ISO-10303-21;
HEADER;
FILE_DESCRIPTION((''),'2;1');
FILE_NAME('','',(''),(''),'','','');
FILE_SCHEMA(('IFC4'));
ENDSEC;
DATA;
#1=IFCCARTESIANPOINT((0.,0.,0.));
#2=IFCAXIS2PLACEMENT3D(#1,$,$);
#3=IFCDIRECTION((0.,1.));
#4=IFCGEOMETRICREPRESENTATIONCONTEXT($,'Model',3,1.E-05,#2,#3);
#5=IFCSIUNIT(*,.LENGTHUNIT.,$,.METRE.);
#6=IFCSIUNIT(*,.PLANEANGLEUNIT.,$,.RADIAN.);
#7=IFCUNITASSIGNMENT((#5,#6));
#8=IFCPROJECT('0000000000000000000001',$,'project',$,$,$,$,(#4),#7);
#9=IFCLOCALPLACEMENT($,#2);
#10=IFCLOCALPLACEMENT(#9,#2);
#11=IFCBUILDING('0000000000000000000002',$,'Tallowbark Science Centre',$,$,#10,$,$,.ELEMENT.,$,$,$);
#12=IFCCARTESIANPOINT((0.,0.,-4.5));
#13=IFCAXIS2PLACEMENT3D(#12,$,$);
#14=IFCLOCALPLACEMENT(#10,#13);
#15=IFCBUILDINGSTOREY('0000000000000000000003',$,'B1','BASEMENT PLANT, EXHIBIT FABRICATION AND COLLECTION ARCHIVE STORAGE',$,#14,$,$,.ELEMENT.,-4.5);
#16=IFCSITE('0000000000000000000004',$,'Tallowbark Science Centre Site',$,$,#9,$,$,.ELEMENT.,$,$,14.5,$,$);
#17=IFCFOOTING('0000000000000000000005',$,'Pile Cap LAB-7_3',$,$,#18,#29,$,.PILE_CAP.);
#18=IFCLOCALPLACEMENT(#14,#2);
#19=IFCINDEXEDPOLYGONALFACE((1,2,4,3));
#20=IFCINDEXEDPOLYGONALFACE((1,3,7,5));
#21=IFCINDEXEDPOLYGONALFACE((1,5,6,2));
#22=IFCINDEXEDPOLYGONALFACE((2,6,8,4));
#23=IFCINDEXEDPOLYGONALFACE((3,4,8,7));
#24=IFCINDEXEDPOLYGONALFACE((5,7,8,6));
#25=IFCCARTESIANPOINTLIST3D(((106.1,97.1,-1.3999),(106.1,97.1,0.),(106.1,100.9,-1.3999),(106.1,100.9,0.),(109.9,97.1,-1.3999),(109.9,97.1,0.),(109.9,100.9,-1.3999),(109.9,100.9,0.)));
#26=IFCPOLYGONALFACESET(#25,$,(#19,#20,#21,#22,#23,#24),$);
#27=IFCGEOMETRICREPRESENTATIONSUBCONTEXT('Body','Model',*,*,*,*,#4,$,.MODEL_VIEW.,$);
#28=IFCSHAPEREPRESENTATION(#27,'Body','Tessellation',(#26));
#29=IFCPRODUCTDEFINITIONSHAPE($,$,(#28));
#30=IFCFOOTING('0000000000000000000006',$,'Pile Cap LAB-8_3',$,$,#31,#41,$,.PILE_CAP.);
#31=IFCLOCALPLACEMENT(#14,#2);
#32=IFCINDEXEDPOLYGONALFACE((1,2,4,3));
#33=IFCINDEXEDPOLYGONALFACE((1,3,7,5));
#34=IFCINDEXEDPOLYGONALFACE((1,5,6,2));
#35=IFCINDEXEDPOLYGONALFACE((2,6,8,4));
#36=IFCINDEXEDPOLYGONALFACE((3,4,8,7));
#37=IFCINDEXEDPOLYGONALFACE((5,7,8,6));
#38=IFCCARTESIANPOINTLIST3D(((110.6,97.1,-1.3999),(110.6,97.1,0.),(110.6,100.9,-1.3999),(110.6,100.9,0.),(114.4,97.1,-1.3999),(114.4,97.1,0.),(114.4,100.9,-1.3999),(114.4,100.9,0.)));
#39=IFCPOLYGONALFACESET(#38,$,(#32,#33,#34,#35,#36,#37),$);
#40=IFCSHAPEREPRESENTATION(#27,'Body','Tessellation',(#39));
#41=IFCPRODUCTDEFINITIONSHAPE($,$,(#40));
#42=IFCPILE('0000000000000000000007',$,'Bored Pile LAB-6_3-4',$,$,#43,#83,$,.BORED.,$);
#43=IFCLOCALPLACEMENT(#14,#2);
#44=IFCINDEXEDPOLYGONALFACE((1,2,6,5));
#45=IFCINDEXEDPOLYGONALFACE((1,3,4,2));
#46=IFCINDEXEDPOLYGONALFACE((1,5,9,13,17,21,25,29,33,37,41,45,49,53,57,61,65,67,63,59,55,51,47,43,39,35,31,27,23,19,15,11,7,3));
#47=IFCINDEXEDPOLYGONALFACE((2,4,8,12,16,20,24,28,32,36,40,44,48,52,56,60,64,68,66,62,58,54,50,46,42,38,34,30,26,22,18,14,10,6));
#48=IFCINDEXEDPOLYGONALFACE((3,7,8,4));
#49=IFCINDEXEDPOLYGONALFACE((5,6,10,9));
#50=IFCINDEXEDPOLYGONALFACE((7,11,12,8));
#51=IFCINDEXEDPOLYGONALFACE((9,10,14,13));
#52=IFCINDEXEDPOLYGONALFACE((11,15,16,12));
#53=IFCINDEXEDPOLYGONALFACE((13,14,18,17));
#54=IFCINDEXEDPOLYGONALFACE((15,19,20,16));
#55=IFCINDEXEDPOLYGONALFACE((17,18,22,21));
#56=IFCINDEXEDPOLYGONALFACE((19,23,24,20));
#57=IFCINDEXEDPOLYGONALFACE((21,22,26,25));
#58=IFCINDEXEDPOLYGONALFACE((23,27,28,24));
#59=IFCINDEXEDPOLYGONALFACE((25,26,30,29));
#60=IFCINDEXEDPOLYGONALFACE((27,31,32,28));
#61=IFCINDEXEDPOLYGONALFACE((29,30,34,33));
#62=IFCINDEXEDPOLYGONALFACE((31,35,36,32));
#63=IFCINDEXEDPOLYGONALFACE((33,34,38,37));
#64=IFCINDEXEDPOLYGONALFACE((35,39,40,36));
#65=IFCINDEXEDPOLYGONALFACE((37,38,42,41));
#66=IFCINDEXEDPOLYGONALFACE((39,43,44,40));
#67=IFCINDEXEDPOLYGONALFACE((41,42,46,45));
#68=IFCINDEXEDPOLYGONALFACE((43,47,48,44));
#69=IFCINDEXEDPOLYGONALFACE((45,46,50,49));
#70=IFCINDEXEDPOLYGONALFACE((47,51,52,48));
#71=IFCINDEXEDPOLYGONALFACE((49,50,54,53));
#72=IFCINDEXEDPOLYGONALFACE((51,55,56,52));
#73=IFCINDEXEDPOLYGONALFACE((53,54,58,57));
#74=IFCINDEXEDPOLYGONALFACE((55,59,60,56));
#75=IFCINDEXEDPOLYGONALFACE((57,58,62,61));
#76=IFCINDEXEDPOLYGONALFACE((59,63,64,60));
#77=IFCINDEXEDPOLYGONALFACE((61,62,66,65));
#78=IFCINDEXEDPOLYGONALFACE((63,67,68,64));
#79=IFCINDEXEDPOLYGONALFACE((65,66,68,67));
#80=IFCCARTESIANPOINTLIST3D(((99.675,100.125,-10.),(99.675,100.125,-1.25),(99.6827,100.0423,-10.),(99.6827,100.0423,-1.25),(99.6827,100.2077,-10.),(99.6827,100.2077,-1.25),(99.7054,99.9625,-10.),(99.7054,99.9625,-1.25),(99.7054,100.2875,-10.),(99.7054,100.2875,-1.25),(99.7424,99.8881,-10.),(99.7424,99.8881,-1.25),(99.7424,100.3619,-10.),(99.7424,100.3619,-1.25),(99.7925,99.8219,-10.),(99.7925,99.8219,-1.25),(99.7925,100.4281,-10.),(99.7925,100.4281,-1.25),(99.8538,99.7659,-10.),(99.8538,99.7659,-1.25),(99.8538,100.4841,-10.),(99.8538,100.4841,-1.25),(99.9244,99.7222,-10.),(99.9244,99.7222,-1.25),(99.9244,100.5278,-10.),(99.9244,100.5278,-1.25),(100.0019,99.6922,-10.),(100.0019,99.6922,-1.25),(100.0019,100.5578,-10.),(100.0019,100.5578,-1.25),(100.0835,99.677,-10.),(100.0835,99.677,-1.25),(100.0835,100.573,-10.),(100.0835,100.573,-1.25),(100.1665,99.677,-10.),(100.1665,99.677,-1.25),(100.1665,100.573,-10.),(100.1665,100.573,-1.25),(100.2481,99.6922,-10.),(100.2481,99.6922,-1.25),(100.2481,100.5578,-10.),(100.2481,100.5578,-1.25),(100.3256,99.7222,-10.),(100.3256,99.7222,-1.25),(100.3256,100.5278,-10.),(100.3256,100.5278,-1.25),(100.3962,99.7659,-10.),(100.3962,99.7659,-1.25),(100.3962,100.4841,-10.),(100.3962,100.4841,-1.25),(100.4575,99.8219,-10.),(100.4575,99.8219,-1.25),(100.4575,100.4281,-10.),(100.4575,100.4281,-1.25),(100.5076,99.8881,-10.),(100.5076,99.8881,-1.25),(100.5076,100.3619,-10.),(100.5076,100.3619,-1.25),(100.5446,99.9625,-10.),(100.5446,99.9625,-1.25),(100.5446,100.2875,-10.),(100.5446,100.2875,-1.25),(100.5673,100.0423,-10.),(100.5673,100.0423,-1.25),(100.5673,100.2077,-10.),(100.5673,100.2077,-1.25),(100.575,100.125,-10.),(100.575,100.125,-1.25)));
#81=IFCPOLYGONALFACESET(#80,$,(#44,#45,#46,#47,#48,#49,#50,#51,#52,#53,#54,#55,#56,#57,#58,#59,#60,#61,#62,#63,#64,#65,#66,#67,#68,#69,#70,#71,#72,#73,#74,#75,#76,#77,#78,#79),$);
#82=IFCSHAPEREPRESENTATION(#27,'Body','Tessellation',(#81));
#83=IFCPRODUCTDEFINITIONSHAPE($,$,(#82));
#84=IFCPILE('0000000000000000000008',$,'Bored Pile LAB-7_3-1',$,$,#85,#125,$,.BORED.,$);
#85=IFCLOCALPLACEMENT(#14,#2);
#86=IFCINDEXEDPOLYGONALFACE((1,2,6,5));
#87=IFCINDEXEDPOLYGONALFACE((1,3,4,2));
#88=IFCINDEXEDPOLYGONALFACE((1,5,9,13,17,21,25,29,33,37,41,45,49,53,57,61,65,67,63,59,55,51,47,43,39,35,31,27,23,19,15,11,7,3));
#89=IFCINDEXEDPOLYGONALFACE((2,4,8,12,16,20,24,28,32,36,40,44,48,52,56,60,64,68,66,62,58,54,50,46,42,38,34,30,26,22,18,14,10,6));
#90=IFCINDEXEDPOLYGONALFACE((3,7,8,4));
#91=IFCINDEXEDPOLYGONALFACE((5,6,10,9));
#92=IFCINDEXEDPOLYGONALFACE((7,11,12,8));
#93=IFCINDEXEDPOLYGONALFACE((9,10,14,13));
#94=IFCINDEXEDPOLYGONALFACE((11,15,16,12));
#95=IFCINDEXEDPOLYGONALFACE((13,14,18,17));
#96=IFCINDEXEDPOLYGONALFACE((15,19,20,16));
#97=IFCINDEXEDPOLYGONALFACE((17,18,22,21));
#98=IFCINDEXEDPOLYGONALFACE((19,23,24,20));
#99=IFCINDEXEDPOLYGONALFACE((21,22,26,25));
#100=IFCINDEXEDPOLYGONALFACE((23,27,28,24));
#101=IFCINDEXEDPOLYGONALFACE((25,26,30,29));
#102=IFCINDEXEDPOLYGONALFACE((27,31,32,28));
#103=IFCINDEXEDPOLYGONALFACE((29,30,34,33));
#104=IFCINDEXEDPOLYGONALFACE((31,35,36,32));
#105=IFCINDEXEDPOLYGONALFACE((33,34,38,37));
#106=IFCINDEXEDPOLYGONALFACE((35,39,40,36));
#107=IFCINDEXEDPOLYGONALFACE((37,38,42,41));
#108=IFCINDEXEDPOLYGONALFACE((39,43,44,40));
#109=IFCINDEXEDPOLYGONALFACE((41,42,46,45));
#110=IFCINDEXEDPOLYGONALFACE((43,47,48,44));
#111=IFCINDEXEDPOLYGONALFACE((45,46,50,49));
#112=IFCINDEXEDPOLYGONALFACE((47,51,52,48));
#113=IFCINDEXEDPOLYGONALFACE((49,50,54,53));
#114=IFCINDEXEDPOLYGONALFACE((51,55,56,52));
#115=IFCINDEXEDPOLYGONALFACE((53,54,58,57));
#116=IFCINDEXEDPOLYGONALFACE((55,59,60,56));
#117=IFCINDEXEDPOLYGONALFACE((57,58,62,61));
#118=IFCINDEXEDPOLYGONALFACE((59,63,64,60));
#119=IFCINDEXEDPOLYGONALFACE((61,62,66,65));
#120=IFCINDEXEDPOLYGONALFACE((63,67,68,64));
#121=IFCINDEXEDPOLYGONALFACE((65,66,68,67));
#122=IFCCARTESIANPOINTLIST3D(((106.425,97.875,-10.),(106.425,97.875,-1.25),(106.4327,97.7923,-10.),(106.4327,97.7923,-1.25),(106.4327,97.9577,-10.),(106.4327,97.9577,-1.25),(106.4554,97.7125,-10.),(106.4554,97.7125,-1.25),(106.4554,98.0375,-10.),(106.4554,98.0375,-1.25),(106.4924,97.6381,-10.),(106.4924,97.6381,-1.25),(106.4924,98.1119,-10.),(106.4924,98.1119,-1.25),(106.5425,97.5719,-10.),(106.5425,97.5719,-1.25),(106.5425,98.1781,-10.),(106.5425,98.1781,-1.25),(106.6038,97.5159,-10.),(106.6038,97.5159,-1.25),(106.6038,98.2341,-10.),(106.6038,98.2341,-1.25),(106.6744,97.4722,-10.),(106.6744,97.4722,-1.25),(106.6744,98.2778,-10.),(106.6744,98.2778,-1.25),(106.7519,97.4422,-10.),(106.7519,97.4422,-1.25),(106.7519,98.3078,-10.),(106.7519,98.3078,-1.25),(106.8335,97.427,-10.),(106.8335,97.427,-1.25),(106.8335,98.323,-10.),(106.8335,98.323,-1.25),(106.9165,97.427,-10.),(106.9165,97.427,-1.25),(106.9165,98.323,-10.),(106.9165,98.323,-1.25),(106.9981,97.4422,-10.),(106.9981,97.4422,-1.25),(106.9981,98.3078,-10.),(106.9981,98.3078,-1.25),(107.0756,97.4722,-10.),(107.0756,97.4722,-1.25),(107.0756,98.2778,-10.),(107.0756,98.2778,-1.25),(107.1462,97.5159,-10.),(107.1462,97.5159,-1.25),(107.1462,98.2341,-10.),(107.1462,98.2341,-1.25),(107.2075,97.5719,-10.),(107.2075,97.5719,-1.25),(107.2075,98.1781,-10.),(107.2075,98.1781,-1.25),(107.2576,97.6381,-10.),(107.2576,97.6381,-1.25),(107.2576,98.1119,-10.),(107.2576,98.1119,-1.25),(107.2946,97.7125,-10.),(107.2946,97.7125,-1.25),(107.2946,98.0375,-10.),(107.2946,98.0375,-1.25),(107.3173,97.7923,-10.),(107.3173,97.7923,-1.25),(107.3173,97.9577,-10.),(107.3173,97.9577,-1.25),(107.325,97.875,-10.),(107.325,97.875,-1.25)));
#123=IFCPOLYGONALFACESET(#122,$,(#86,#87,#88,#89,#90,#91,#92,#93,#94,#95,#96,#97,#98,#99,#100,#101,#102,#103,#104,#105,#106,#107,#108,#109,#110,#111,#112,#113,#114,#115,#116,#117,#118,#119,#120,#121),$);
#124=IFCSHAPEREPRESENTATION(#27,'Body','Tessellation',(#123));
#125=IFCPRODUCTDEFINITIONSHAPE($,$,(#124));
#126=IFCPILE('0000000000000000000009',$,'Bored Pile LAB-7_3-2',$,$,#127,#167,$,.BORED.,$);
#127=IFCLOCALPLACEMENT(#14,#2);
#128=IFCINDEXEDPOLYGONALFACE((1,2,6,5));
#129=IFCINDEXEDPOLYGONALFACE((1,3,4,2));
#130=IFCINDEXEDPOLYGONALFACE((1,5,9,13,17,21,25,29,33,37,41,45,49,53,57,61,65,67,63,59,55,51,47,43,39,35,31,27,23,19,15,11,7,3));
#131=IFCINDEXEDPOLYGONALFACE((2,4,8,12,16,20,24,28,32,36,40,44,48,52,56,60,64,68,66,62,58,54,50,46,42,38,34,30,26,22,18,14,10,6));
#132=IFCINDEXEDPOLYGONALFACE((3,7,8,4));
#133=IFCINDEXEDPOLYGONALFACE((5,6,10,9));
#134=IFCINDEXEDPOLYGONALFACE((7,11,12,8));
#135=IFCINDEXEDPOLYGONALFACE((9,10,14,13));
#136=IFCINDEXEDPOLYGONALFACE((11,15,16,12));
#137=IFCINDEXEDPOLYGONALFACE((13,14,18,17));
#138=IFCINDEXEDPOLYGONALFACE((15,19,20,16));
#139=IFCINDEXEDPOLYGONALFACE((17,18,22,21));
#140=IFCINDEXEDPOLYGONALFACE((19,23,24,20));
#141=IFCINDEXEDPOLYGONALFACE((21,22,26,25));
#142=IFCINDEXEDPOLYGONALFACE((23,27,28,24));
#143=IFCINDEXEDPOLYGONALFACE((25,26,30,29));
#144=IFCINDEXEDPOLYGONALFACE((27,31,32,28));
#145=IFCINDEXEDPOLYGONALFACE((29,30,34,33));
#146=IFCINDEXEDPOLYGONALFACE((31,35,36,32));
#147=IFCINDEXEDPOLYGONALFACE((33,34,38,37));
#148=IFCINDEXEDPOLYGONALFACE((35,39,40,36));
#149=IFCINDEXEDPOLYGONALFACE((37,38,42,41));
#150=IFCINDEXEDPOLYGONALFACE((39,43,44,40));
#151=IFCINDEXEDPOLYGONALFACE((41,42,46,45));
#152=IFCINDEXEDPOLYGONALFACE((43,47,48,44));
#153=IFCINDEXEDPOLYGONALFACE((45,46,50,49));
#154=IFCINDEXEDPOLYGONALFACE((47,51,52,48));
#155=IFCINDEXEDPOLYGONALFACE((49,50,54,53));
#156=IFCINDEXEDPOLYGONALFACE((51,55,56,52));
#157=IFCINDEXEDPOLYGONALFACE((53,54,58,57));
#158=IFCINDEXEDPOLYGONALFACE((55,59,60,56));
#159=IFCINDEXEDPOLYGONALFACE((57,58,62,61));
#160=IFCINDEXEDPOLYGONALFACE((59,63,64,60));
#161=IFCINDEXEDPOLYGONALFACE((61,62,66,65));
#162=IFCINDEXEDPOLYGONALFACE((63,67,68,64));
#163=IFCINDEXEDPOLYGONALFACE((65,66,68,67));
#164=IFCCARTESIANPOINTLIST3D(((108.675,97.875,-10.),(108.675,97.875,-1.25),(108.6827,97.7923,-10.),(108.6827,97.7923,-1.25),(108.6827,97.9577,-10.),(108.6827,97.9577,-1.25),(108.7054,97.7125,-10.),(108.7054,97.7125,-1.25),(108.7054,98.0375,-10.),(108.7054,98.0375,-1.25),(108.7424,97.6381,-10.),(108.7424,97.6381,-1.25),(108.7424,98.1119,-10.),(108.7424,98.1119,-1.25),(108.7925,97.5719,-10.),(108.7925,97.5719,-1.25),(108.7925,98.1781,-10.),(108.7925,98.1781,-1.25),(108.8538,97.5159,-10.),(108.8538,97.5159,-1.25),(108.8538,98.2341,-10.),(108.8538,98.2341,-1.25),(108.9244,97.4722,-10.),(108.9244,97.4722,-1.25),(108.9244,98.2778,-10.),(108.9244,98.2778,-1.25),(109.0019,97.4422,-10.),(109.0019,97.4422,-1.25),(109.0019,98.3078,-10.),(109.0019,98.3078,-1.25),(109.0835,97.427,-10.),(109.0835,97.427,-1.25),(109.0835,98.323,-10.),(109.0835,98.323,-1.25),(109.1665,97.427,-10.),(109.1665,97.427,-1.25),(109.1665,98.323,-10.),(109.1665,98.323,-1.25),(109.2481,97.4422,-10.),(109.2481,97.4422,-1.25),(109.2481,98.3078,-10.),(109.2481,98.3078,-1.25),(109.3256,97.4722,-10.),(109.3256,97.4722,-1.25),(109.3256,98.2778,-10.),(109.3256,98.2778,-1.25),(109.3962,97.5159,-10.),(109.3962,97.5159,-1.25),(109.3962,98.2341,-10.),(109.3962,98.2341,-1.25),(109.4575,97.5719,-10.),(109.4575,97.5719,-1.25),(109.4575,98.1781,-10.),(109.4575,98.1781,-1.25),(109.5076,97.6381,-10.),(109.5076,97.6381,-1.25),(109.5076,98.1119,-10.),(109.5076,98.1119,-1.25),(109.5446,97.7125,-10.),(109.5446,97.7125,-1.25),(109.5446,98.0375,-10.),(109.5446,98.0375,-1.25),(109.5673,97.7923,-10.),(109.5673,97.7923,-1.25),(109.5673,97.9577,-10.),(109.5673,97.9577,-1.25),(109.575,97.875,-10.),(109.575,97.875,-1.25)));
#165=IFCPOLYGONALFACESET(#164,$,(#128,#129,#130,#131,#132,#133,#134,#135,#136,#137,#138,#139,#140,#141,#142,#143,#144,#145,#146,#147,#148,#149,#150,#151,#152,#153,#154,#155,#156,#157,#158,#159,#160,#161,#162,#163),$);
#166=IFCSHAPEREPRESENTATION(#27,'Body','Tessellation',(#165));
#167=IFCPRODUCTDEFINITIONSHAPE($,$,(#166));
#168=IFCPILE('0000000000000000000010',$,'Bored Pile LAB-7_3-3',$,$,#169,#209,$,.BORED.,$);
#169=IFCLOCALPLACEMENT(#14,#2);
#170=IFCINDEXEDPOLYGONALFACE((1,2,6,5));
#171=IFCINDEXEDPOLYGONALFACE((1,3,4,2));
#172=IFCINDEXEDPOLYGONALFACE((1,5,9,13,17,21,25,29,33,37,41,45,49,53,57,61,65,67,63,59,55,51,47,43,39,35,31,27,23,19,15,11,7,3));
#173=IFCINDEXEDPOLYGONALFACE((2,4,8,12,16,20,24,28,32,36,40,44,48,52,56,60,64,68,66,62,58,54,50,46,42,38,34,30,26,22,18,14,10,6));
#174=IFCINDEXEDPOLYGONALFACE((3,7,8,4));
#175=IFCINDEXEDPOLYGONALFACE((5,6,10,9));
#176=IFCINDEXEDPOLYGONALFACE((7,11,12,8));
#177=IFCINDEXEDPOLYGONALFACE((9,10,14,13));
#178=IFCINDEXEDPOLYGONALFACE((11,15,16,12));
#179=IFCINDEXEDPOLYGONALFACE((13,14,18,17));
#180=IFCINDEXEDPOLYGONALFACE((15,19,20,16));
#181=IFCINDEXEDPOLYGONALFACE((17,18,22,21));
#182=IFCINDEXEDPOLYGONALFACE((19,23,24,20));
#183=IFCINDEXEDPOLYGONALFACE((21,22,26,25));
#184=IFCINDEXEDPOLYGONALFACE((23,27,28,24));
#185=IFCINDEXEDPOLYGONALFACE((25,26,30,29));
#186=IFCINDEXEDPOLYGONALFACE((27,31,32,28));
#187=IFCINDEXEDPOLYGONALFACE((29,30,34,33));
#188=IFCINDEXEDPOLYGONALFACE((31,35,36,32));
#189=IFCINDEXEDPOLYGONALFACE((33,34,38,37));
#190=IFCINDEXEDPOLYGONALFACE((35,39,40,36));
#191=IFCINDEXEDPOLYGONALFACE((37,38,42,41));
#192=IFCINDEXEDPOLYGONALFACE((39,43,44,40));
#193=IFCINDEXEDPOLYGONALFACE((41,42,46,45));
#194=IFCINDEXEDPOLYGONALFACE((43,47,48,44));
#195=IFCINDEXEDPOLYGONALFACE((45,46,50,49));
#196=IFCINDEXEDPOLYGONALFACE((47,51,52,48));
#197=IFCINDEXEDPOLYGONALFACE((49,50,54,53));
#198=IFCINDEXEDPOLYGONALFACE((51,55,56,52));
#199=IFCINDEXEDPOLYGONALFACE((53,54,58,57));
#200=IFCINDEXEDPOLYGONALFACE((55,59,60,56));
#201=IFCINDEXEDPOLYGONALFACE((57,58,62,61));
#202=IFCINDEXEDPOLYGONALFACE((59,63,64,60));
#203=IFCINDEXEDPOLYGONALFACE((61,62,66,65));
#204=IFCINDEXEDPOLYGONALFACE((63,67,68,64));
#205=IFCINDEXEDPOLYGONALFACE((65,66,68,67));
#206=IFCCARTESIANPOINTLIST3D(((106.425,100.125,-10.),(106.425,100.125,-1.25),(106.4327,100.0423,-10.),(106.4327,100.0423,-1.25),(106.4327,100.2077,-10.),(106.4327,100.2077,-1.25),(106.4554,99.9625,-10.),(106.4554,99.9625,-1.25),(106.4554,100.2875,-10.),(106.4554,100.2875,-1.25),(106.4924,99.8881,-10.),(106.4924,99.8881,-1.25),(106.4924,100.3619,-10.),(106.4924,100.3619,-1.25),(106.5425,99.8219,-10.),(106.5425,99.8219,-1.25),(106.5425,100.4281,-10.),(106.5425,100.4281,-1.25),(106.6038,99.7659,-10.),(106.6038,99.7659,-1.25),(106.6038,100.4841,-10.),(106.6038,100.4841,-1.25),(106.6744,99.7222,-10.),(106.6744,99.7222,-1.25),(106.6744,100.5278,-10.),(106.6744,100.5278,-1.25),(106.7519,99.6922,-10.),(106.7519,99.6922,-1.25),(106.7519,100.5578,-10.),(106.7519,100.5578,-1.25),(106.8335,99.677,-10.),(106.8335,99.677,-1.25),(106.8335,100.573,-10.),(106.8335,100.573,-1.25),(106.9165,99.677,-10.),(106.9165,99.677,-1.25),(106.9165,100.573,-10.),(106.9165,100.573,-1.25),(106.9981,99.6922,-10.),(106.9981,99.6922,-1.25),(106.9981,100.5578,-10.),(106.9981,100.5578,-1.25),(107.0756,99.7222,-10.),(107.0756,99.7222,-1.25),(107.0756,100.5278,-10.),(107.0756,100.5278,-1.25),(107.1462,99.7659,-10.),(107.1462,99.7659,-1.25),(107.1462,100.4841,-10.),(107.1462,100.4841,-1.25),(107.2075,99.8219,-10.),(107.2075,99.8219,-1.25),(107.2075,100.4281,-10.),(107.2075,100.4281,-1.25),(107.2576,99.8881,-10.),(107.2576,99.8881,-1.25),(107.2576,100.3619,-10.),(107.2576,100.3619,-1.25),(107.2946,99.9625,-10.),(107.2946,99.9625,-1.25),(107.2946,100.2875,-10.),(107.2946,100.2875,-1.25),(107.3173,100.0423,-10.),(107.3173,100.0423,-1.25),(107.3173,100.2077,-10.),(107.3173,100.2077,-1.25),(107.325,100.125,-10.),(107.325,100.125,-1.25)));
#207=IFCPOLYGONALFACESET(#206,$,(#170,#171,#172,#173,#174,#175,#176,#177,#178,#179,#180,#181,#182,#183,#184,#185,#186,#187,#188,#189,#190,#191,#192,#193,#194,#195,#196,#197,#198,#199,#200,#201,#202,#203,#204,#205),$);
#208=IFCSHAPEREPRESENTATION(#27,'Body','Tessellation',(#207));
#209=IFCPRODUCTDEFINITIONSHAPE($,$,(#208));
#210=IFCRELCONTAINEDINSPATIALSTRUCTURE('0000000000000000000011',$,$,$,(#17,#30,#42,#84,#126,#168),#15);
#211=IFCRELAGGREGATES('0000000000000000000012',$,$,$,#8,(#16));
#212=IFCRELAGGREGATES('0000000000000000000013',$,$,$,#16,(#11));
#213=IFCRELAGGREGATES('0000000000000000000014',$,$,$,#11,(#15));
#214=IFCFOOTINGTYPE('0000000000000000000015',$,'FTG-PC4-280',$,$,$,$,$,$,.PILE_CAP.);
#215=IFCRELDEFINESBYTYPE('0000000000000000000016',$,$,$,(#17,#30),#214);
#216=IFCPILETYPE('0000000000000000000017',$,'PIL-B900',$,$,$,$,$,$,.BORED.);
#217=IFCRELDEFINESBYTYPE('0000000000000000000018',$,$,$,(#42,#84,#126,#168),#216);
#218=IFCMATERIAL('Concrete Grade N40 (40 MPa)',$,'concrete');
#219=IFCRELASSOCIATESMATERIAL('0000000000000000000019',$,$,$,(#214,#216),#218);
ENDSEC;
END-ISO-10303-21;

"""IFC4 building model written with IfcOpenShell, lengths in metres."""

from ifc_helpers import new_model, si_unit, direction, frame, origin, origin_2d, place, context, subcontext, project, spatial, rectangle, circle, extrude, material, material_profile, profile_set, type_object, element, save


model = new_model("IFC4")

# Units and contexts
model_context = context("Model", 3, precision=1e-05, world=origin(), true_north=direction((0.0, 1.0)))
body_context = subcontext(model_context, "Body", "Model", "MODEL_VIEW")
ifc_project = project(units=[si_unit("LENGTHUNIT", "METRE"), si_unit("PLANEANGLEUNIT", "RADIAN")], contexts=[model_context])

# Site, building, storey
site_placement = place(None, origin())
site = spatial("IfcSite", under=ifc_project, at=site_placement, Name="Tallowbark Science Centre Site", CompositionType="ELEMENT", RefElevation=14.5)
building_placement = place(site_placement, origin())
building = spatial("IfcBuilding", under=site, at=building_placement, Name="Tallowbark Science Centre", CompositionType="ELEMENT")
storey_placement = place(building_placement, frame((0.0, 0.0, -4.5)))
storey = spatial("IfcBuildingStorey", under=building, at=storey_placement, Name="B1", Description="BASEMENT PLANT, EXHIBIT FABRICATION AND COLLECTION ARCHIVE STORAGE", CompositionType="ELEMENT", Elevation=-4.5)

# Footings
ifc_material_1 = material(Name="Concrete Grade N40 (40 MPa)", Category="concrete")
footing_type = type_object("IfcFootingType", Name="FTG-PC4-280", PredefinedType="PILE_CAP", material=ifc_material_1)
for number, where, z_axis, x_axis, name in (
    (1, (108.0, 99.0, -1.3999), (0.0, 0.0, 1.0), (1.0, 0.0, 0.0), "Pile Cap LAB-7_3"),
    (2, (112.5, 99.0, -1.3999), (0.0, 0.0, 1.0), (1.0, 0.0, 0.0), "Pile Cap LAB-8_3"),
):
    element("IfcFooting", number, at=place(storey_placement, frame(where, z_axis=z_axis, x_axis=x_axis)), inside=storey, type_object=footing_type, Name=name, PredefinedType="PILE_CAP", context=body_context, shape_type="SweptSolid", body=[
        extrude(rectangle(XDim=3.8, YDim=3.8, at=origin_2d()), origin(), (0.0, 0.0, 1.0), 1.3999),
    ])

# Piles
ifc_material_profile_1 = material_profile(ifc_material_1, circle(Radius=0.45, at=origin_2d()), Name="PILE900")
ifc_profile_set_1 = profile_set([ifc_material_profile_1], Name="Concrete Grade N40 (40 MPa)")
pile_type = type_object("IfcPileType", Name="PIL-B900", PredefinedType="BORED", material=ifc_profile_set_1)
for number, where, z_axis, x_axis, name in (
    (3, (100.125, 100.125, -1.25), (0.0, 0.0, -1.0), (1.0, 0.0, 0.0), "Bored Pile LAB-6_3-4"),
    (4, (106.875, 97.875, -1.25), (0.0, 0.0, -1.0), (1.0, 0.0, 0.0), "Bored Pile LAB-7_3-1"),
    (5, (109.125, 97.875, -1.25), (0.0, 0.0, -1.0), (1.0, 0.0, 0.0), "Bored Pile LAB-7_3-2"),
    (6, (106.875, 100.125, -1.25), (0.0, 0.0, -1.0), (1.0, 0.0, 0.0), "Bored Pile LAB-7_3-3"),
):
    element("IfcPile", number, at=place(storey_placement, frame(where, z_axis=z_axis, x_axis=x_axis)), inside=storey, type_object=pile_type, Name=name, PredefinedType="BORED", context=body_context, shape_type="SweptSolid", body=[
        extrude(circle(Radius=0.45, at=origin_2d()), origin(), (0.0, 0.0, 1.0), 8.75),
    ])

save(model, "model.ifc")
